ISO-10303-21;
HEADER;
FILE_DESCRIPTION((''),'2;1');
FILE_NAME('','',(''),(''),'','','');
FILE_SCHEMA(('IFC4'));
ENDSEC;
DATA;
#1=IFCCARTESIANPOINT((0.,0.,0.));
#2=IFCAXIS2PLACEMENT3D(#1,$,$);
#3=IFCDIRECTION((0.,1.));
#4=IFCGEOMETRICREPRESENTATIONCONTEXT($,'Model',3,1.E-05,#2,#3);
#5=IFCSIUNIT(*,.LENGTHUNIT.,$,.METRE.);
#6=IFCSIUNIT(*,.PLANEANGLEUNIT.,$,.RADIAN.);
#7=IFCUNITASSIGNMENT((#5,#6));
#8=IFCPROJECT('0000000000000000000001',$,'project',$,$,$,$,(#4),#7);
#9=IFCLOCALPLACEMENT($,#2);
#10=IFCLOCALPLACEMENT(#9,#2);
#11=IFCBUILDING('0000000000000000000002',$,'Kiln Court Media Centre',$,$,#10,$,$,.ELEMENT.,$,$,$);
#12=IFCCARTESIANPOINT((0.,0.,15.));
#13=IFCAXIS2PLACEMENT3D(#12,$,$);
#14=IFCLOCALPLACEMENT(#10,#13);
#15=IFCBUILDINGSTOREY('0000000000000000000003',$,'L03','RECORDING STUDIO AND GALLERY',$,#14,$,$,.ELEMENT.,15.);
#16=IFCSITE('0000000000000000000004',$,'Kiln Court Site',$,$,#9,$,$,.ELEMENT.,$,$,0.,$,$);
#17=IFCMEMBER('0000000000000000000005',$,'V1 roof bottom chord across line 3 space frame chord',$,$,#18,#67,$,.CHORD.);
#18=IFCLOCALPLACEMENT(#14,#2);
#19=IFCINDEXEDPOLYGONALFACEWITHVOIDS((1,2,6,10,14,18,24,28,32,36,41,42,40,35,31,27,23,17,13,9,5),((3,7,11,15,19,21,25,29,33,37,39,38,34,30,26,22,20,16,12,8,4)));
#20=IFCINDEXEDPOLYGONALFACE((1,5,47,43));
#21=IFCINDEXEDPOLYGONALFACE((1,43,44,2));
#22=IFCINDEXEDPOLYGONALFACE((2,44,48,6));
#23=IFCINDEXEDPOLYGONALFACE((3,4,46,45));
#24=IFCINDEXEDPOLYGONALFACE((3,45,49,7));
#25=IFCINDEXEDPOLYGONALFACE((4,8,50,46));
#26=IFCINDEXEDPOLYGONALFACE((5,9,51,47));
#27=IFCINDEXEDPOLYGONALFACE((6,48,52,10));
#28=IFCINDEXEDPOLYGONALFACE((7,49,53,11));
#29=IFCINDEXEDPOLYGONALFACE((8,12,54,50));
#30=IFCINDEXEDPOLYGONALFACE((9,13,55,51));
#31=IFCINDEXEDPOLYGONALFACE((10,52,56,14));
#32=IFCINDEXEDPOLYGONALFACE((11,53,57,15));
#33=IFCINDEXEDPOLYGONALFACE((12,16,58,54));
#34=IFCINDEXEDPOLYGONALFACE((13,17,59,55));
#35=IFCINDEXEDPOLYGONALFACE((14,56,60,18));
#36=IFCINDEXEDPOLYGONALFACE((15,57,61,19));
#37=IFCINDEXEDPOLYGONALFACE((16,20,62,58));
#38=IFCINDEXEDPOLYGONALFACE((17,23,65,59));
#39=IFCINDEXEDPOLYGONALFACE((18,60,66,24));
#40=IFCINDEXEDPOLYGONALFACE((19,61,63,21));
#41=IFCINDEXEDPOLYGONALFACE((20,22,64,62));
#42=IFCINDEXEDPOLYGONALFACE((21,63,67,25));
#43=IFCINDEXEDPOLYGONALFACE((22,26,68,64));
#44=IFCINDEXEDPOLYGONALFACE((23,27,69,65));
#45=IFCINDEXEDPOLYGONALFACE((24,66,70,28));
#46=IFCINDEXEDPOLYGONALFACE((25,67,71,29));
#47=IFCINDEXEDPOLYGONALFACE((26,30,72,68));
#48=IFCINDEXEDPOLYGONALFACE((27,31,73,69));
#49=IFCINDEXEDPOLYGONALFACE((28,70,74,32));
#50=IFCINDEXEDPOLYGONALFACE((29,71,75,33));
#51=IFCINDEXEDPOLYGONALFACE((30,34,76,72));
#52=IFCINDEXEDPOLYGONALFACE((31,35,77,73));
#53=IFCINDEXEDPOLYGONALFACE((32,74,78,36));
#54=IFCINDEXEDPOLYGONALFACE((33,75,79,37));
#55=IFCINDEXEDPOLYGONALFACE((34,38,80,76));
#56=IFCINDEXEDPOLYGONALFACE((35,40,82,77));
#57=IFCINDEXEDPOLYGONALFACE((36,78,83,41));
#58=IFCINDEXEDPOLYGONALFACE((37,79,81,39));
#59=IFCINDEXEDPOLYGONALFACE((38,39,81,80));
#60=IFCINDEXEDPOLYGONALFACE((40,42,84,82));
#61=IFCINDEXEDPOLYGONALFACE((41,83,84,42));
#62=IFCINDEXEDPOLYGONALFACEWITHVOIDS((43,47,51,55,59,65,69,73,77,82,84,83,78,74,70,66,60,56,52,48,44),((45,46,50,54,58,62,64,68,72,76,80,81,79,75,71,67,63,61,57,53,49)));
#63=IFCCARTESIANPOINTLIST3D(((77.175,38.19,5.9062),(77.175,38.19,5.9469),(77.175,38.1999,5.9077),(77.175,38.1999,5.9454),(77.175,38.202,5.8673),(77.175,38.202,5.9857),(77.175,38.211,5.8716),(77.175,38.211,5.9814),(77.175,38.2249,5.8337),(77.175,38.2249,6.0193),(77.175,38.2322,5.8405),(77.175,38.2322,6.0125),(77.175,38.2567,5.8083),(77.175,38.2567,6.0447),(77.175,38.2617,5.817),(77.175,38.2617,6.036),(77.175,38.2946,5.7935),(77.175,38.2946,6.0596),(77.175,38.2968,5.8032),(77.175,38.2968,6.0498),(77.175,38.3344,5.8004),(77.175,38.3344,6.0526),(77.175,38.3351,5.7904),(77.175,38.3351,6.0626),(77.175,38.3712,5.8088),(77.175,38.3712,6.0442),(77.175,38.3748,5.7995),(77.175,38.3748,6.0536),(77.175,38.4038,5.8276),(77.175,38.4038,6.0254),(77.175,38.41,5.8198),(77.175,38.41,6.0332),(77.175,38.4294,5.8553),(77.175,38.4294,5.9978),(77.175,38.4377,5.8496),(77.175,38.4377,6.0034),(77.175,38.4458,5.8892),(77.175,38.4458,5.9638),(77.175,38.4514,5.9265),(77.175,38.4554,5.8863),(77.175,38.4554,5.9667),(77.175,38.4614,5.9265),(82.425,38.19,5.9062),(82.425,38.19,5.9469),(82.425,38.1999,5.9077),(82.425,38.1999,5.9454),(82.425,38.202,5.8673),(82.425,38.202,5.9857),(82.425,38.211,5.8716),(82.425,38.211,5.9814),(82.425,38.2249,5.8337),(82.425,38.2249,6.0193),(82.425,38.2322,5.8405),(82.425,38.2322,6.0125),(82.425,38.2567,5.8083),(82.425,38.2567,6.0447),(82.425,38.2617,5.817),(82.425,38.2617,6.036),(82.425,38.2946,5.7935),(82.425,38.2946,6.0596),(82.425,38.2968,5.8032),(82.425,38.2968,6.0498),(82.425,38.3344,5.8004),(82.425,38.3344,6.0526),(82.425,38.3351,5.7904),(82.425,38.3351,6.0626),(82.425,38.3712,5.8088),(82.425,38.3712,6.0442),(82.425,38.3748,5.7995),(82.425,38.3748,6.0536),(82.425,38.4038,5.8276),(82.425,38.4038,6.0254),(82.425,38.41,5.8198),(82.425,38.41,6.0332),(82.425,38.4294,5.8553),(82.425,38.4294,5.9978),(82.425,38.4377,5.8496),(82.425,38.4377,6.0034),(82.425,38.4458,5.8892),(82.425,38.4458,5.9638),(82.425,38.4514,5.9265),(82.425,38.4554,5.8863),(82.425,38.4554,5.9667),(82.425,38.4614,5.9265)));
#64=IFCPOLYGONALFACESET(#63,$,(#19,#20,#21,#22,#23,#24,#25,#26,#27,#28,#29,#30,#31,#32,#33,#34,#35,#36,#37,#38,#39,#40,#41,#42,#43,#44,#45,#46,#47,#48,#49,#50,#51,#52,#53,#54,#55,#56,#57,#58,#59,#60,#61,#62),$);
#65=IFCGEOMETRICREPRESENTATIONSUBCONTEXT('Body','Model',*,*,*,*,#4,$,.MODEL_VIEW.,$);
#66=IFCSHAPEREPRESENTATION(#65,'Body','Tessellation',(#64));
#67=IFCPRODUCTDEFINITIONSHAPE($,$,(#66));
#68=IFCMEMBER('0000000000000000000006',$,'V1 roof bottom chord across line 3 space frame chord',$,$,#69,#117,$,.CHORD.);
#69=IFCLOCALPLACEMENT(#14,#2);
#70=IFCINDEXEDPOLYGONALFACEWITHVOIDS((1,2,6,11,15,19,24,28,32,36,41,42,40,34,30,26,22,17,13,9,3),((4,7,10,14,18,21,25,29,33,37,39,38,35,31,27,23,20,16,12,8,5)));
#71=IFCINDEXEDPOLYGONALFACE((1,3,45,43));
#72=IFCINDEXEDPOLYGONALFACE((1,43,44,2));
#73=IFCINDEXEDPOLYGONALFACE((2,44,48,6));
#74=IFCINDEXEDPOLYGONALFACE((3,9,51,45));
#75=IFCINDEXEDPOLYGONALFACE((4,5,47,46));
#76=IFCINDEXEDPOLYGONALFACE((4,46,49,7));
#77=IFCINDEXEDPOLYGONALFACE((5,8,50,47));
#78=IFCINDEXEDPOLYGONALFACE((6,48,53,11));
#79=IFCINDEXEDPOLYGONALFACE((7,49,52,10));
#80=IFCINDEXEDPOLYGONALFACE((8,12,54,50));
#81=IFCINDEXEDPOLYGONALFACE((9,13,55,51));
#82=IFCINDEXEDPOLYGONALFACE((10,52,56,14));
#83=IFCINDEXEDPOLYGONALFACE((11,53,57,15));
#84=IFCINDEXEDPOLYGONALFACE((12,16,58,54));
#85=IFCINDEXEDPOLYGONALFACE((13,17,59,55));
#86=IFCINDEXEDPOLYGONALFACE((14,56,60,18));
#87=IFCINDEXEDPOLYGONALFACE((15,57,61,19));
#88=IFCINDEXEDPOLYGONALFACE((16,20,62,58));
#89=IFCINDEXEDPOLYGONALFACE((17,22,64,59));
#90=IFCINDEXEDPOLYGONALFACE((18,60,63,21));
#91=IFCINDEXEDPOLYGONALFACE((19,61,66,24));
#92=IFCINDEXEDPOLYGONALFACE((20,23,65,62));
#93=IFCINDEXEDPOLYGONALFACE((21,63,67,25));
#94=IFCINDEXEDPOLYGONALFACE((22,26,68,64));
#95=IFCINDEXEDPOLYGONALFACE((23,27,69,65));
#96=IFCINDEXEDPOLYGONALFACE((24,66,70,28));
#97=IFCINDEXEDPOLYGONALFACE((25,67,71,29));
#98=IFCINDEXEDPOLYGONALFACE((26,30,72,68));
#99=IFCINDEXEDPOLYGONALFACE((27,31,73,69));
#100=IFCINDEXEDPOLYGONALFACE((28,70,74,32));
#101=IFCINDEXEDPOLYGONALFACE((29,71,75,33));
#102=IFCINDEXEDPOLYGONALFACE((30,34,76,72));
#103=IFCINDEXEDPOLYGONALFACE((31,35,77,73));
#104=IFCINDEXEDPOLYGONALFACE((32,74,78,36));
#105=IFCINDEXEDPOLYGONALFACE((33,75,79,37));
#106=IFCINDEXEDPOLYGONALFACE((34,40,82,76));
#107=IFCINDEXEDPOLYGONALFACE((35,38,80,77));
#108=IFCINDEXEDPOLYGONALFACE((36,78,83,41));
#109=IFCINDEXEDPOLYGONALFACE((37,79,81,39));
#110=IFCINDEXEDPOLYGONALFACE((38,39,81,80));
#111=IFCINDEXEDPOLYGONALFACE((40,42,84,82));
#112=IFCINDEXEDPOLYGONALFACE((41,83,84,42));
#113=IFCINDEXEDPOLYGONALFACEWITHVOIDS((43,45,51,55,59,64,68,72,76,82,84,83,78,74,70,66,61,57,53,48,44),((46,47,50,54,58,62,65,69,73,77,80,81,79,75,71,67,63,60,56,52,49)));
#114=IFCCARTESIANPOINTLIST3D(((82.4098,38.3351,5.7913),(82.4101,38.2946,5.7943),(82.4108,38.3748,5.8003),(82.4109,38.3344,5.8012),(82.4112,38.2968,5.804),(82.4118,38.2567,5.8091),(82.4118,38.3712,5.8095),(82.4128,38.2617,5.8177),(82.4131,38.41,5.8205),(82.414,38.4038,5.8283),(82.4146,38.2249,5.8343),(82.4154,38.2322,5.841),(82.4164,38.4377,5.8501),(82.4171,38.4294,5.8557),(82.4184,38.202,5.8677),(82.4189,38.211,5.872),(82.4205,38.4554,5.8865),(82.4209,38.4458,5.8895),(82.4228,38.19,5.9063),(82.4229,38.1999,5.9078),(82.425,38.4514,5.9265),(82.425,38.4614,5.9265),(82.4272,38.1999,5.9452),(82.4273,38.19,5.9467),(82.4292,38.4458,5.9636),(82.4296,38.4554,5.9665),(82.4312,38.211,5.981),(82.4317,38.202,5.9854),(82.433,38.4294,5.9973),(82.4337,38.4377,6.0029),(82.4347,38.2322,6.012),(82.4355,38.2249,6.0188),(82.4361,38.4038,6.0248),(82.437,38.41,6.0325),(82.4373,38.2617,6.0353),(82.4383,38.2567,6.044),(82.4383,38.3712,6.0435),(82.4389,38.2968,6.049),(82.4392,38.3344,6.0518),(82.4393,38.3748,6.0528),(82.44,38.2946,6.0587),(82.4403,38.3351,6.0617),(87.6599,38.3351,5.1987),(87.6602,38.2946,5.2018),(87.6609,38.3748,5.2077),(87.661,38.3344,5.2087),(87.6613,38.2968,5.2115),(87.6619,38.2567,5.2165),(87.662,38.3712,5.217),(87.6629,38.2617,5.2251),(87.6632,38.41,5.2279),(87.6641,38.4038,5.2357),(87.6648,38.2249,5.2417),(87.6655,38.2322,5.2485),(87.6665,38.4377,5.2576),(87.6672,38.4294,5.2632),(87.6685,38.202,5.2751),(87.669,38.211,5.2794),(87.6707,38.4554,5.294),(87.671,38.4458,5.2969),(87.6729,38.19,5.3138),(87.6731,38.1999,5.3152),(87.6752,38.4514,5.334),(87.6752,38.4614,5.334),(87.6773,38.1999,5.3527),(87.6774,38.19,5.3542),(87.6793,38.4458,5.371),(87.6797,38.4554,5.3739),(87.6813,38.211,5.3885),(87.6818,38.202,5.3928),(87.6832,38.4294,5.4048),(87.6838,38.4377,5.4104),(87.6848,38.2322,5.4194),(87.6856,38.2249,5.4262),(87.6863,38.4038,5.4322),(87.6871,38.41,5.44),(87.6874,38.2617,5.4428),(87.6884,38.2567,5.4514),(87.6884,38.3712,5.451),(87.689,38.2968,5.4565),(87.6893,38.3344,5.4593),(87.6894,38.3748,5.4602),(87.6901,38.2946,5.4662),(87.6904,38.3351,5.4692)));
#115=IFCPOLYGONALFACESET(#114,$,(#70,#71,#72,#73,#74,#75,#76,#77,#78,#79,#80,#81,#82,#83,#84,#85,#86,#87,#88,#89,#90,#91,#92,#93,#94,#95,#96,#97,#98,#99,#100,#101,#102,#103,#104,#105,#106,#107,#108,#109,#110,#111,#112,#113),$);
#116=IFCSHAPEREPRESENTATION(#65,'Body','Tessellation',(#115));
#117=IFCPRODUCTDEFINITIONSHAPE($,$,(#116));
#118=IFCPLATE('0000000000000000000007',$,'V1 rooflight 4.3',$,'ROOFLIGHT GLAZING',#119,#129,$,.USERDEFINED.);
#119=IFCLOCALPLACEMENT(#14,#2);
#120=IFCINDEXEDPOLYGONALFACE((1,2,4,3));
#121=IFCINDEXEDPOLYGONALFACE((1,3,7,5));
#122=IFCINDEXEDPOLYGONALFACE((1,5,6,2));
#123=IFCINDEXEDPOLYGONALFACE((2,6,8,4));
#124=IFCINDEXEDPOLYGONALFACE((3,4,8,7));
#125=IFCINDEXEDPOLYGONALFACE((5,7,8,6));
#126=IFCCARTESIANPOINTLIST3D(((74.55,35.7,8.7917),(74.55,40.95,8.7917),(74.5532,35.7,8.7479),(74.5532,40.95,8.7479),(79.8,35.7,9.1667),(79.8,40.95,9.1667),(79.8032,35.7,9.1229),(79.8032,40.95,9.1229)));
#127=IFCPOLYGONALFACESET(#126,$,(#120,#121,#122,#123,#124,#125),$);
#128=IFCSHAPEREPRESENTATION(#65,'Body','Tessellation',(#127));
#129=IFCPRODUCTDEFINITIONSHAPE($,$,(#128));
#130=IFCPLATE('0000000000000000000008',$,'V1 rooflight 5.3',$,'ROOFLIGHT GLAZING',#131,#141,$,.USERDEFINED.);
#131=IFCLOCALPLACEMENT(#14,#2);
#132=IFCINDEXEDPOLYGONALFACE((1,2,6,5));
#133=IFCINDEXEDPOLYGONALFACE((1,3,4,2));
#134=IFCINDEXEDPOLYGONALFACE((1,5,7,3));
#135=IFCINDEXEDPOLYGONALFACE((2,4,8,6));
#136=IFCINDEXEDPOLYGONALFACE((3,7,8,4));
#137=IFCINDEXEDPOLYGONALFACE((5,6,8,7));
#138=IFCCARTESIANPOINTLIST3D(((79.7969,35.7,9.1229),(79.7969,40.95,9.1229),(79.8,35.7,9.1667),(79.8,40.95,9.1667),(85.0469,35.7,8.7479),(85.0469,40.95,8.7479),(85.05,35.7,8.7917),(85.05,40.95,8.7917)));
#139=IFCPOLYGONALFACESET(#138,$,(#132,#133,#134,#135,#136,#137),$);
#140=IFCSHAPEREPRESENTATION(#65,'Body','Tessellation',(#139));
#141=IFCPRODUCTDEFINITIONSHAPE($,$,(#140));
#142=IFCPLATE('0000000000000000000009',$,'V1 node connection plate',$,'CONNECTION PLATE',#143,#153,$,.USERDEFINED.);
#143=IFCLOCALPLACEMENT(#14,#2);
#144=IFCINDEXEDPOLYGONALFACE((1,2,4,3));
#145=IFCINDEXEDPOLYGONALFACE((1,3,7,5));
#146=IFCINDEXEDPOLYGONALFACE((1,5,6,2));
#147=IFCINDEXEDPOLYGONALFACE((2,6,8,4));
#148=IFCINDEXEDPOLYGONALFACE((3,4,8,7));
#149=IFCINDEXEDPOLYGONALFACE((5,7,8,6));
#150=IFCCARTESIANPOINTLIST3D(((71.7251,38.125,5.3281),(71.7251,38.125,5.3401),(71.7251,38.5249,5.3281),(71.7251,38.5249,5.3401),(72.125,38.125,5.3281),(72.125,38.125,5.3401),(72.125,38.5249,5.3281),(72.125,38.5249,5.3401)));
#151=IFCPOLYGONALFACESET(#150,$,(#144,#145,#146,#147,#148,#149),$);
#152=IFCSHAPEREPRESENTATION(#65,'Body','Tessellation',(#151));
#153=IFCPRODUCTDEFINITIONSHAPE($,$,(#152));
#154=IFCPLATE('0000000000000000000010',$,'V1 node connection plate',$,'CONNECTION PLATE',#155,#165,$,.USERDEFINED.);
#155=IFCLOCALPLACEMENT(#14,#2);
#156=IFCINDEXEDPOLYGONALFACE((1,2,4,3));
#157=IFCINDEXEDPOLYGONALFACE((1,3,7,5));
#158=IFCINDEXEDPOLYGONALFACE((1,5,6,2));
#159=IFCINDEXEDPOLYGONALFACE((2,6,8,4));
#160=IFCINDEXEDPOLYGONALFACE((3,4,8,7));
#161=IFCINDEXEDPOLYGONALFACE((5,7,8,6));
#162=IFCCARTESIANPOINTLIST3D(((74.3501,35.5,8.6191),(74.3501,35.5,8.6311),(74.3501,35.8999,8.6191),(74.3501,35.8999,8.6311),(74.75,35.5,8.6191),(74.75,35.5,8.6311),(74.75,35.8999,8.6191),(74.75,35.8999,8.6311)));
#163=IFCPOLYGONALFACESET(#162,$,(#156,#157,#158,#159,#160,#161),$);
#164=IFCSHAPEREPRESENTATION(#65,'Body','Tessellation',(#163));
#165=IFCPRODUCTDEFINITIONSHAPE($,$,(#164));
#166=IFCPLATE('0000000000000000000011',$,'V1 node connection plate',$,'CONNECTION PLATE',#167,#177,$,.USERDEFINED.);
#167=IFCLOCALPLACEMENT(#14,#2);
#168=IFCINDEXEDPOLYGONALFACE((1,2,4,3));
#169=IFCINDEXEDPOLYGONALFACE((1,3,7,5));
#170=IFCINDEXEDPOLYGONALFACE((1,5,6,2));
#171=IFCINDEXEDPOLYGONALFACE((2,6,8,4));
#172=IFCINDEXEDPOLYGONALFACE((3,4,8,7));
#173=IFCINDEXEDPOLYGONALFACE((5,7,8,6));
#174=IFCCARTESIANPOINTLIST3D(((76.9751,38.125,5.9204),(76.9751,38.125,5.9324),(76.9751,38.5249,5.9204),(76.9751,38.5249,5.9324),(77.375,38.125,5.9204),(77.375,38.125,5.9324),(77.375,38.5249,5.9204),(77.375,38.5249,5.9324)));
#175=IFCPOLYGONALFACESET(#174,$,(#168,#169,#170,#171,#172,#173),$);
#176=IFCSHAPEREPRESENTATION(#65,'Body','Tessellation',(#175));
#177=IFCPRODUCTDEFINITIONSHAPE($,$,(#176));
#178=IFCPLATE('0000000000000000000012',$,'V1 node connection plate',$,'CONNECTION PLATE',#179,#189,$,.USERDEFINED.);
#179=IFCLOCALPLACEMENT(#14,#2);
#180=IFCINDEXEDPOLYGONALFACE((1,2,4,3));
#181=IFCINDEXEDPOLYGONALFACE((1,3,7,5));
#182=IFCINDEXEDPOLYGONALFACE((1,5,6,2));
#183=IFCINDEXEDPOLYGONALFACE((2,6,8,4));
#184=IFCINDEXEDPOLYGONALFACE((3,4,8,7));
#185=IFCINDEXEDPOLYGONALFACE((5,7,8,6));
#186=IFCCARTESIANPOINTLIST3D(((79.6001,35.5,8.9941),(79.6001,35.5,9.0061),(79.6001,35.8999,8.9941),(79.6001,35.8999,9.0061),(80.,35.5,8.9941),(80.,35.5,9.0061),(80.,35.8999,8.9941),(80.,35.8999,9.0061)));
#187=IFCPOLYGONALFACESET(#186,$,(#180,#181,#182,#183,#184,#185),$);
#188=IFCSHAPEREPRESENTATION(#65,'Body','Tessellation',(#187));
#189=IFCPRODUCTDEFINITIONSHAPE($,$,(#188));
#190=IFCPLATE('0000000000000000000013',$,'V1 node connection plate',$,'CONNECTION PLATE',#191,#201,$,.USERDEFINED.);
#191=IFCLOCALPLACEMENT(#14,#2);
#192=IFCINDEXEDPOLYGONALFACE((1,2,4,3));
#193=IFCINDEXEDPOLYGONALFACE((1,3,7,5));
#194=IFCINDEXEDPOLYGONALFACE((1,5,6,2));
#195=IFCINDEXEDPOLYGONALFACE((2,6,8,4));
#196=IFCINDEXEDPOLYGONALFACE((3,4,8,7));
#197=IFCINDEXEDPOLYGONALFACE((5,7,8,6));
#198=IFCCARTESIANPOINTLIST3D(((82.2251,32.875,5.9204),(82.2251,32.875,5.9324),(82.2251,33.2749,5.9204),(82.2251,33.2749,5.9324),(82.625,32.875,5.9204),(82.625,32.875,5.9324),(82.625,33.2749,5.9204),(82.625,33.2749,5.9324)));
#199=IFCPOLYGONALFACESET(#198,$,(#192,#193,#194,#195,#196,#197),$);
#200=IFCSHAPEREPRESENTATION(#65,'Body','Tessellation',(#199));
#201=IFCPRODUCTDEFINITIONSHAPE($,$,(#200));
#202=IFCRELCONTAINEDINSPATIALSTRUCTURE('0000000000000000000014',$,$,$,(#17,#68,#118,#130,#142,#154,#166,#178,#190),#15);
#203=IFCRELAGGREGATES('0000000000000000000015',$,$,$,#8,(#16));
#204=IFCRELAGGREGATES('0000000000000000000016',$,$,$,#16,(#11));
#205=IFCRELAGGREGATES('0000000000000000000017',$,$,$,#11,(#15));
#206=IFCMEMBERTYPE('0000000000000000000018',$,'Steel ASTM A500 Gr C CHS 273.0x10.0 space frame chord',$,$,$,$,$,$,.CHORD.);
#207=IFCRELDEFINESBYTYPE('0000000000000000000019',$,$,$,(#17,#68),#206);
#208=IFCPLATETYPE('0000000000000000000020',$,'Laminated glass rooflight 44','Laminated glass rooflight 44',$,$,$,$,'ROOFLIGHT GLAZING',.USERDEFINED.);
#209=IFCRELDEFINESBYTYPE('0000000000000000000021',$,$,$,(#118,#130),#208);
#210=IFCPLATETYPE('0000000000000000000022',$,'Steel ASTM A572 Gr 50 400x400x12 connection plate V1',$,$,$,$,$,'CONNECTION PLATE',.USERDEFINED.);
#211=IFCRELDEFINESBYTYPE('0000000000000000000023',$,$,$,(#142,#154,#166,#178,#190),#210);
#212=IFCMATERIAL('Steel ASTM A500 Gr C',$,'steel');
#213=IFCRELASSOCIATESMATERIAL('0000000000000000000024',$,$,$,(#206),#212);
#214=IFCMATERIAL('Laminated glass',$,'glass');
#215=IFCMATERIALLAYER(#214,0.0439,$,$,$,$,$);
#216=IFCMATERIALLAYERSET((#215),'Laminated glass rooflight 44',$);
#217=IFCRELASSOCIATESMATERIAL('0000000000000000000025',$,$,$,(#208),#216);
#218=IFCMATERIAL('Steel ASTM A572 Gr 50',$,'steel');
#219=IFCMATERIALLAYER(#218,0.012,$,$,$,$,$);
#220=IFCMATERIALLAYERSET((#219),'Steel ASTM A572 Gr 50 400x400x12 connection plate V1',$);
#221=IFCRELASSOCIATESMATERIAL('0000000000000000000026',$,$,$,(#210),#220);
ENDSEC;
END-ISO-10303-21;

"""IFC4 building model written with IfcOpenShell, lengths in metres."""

from ifc_helpers import new_model, si_unit, direction, frame, origin, origin_2d, place, context, subcontext, project, spatial, polyline, rectangle, hollow_circle, outline, extrude, material, layer, layer_set, material_profile, profile_set, type_object, element, save


model = new_model("IFC4")

# Units and contexts
model_context = context("Model", 3, precision=1e-05, world=origin(), true_north=direction((0.0, 1.0)))
body_context = subcontext(model_context, "Body", "Model", "MODEL_VIEW")
ifc_project = project(units=[si_unit("LENGTHUNIT", "METRE"), si_unit("PLANEANGLEUNIT", "RADIAN")], contexts=[model_context])

# Site, building, storey
site_placement = place(None, origin())
site = spatial("IfcSite", under=ifc_project, at=site_placement, Name="Kiln Court Site", CompositionType="ELEMENT", RefElevation=0.0)
building_placement = place(site_placement, origin())
building = spatial("IfcBuilding", under=site, at=building_placement, Name="Kiln Court Media Centre", CompositionType="ELEMENT")
storey_placement = place(building_placement, frame((0.0, 0.0, 15.0)))
storey = spatial("IfcBuildingStorey", under=building, at=storey_placement, Name="L03", Description="RECORDING STUDIO AND GALLERY", CompositionType="ELEMENT", Elevation=15.0)

# Members
ifc_material_1 = material(Name="Steel ASTM A500 Gr C", Category="steel")
ifc_material_profile_1 = material_profile(ifc_material_1, hollow_circle(Radius=0.1365, WallThickness=0.01, at=origin_2d()), Name="CHS 273.0x10.0")
ifc_profile_set_1 = profile_set([ifc_material_profile_1], Name="Steel ASTM A500 Gr C")
member_type_1 = type_object("IfcMemberType", Name="Steel ASTM A500 Gr C CHS 273.0x10.0 space frame chord", PredefinedType="CHORD", material=ifc_profile_set_1)
member_1_placement = place(storey_placement, frame((77.175, 38.325, 5.9265), z_axis=(1.0, 0.0, 0.0), x_axis=(0.0, 1.0, 0.0)))
element("IfcMember", 1, at=member_1_placement, inside=storey, type_object=member_type_1, Name="V1 roof bottom chord across line 3 space frame chord", PredefinedType="CHORD", context=body_context, shape_type="SweptSolid", body=[
    extrude(hollow_circle(Radius=0.1365, WallThickness=0.01, at=origin_2d()), origin(), (0.0, 0.0, 1.0), 5.25),
])
member_2_placement = place(storey_placement, frame((82.425, 38.325, 5.9265), z_axis=(0.993691, 0.0, -0.112151), x_axis=(0.0, 1.0, 0.0)))
element("IfcMember", 2, at=member_2_placement, inside=storey, type_object=member_type_1, Name="V1 roof bottom chord across line 3 space frame chord", PredefinedType="CHORD", context=body_context, shape_type="SweptSolid", body=[
    extrude(hollow_circle(Radius=0.1365, WallThickness=0.01, at=origin_2d()), origin(), (0.0, 0.0, 1.0), 5.2834),
])

# Plates
ifc_material_2 = material(Name="Laminated glass", Category="glass")
ifc_layer_1 = layer(ifc_material_2, 0.0439)
ifc_layer_set_1 = layer_set([ifc_layer_1], Name="Laminated glass rooflight 44")
plate_type_1 = type_object("IfcPlateType", Name="Laminated glass rooflight 44", Description="Laminated glass rooflight 44", ElementType="ROOFLIGHT GLAZING", PredefinedType="USERDEFINED", material=ifc_layer_set_1)
for number, where, z_axis, x_axis, name in (
    (3, (74.55, 35.7, 8.7917), (-0.071247, 0.0, 0.997459), (0.997459, 0.0, 0.071247), "V1 rooflight 4.3"),
    (4, (79.8, 35.7, 9.1667), (0.071247, 0.0, 0.997459), (0.997459, 0.0, -0.071247), "V1 rooflight 5.3"),
):
    element("IfcPlate", number, at=place(storey_placement, frame(where, z_axis=z_axis, x_axis=x_axis)), inside=storey, type_object=plate_type_1, Name=name, ObjectType="ROOFLIGHT GLAZING", PredefinedType="USERDEFINED", context=body_context, shape_type="SweptSolid", body=[
        extrude(outline(polyline([(0.0, 0.0), (5.2634, 0.0), (5.2634, 5.25), (0.0, 5.25), (0.0, 0.0)])), origin(), (0.0, 0.0, -1.0), 0.0439),
    ])
ifc_material_3 = material(Name="Steel ASTM A572 Gr 50", Category="steel")
ifc_layer_2 = layer(ifc_material_3, 0.012)
ifc_layer_set_2 = layer_set([ifc_layer_2], Name="Steel ASTM A572 Gr 50 400x400x12 connection plate V1")
plate_type_2 = type_object("IfcPlateType", Name="Steel ASTM A572 Gr 50 400x400x12 connection plate V1", ElementType="CONNECTION PLATE", PredefinedType="USERDEFINED", material=ifc_layer_set_2)
for number, where, z_axis, x_axis, name in (
    (5, (71.925, 38.325, 5.3281), (0.0, 0.0, 1.0), (1.0, 0.0, 0.0), "V1 node connection plate"),
    (6, (74.55, 35.7, 8.6191), (0.0, 0.0, 1.0), (1.0, 0.0, 0.0), "V1 node connection plate"),
    (7, (77.175, 38.325, 5.9204), (0.0, 0.0, 1.0), (1.0, 0.0, 0.0), "V1 node connection plate"),
    (8, (79.8, 35.7, 8.9941), (0.0, 0.0, 1.0), (1.0, 0.0, 0.0), "V1 node connection plate"),
    (9, (82.425, 33.075, 5.9204), (0.0, 0.0, 1.0), (1.0, 0.0, 0.0), "V1 node connection plate"),
):
    element("IfcPlate", number, at=place(storey_placement, frame(where, z_axis=z_axis, x_axis=x_axis)), inside=storey, type_object=plate_type_2, Name=name, ObjectType="CONNECTION PLATE", PredefinedType="USERDEFINED", context=body_context, shape_type="SweptSolid", body=[
        extrude(rectangle(XDim=0.3999, YDim=0.3999, at=origin_2d()), origin(), (0.0, 0.0, 1.0), 0.012),
    ])

save(model, "model.ifc")
